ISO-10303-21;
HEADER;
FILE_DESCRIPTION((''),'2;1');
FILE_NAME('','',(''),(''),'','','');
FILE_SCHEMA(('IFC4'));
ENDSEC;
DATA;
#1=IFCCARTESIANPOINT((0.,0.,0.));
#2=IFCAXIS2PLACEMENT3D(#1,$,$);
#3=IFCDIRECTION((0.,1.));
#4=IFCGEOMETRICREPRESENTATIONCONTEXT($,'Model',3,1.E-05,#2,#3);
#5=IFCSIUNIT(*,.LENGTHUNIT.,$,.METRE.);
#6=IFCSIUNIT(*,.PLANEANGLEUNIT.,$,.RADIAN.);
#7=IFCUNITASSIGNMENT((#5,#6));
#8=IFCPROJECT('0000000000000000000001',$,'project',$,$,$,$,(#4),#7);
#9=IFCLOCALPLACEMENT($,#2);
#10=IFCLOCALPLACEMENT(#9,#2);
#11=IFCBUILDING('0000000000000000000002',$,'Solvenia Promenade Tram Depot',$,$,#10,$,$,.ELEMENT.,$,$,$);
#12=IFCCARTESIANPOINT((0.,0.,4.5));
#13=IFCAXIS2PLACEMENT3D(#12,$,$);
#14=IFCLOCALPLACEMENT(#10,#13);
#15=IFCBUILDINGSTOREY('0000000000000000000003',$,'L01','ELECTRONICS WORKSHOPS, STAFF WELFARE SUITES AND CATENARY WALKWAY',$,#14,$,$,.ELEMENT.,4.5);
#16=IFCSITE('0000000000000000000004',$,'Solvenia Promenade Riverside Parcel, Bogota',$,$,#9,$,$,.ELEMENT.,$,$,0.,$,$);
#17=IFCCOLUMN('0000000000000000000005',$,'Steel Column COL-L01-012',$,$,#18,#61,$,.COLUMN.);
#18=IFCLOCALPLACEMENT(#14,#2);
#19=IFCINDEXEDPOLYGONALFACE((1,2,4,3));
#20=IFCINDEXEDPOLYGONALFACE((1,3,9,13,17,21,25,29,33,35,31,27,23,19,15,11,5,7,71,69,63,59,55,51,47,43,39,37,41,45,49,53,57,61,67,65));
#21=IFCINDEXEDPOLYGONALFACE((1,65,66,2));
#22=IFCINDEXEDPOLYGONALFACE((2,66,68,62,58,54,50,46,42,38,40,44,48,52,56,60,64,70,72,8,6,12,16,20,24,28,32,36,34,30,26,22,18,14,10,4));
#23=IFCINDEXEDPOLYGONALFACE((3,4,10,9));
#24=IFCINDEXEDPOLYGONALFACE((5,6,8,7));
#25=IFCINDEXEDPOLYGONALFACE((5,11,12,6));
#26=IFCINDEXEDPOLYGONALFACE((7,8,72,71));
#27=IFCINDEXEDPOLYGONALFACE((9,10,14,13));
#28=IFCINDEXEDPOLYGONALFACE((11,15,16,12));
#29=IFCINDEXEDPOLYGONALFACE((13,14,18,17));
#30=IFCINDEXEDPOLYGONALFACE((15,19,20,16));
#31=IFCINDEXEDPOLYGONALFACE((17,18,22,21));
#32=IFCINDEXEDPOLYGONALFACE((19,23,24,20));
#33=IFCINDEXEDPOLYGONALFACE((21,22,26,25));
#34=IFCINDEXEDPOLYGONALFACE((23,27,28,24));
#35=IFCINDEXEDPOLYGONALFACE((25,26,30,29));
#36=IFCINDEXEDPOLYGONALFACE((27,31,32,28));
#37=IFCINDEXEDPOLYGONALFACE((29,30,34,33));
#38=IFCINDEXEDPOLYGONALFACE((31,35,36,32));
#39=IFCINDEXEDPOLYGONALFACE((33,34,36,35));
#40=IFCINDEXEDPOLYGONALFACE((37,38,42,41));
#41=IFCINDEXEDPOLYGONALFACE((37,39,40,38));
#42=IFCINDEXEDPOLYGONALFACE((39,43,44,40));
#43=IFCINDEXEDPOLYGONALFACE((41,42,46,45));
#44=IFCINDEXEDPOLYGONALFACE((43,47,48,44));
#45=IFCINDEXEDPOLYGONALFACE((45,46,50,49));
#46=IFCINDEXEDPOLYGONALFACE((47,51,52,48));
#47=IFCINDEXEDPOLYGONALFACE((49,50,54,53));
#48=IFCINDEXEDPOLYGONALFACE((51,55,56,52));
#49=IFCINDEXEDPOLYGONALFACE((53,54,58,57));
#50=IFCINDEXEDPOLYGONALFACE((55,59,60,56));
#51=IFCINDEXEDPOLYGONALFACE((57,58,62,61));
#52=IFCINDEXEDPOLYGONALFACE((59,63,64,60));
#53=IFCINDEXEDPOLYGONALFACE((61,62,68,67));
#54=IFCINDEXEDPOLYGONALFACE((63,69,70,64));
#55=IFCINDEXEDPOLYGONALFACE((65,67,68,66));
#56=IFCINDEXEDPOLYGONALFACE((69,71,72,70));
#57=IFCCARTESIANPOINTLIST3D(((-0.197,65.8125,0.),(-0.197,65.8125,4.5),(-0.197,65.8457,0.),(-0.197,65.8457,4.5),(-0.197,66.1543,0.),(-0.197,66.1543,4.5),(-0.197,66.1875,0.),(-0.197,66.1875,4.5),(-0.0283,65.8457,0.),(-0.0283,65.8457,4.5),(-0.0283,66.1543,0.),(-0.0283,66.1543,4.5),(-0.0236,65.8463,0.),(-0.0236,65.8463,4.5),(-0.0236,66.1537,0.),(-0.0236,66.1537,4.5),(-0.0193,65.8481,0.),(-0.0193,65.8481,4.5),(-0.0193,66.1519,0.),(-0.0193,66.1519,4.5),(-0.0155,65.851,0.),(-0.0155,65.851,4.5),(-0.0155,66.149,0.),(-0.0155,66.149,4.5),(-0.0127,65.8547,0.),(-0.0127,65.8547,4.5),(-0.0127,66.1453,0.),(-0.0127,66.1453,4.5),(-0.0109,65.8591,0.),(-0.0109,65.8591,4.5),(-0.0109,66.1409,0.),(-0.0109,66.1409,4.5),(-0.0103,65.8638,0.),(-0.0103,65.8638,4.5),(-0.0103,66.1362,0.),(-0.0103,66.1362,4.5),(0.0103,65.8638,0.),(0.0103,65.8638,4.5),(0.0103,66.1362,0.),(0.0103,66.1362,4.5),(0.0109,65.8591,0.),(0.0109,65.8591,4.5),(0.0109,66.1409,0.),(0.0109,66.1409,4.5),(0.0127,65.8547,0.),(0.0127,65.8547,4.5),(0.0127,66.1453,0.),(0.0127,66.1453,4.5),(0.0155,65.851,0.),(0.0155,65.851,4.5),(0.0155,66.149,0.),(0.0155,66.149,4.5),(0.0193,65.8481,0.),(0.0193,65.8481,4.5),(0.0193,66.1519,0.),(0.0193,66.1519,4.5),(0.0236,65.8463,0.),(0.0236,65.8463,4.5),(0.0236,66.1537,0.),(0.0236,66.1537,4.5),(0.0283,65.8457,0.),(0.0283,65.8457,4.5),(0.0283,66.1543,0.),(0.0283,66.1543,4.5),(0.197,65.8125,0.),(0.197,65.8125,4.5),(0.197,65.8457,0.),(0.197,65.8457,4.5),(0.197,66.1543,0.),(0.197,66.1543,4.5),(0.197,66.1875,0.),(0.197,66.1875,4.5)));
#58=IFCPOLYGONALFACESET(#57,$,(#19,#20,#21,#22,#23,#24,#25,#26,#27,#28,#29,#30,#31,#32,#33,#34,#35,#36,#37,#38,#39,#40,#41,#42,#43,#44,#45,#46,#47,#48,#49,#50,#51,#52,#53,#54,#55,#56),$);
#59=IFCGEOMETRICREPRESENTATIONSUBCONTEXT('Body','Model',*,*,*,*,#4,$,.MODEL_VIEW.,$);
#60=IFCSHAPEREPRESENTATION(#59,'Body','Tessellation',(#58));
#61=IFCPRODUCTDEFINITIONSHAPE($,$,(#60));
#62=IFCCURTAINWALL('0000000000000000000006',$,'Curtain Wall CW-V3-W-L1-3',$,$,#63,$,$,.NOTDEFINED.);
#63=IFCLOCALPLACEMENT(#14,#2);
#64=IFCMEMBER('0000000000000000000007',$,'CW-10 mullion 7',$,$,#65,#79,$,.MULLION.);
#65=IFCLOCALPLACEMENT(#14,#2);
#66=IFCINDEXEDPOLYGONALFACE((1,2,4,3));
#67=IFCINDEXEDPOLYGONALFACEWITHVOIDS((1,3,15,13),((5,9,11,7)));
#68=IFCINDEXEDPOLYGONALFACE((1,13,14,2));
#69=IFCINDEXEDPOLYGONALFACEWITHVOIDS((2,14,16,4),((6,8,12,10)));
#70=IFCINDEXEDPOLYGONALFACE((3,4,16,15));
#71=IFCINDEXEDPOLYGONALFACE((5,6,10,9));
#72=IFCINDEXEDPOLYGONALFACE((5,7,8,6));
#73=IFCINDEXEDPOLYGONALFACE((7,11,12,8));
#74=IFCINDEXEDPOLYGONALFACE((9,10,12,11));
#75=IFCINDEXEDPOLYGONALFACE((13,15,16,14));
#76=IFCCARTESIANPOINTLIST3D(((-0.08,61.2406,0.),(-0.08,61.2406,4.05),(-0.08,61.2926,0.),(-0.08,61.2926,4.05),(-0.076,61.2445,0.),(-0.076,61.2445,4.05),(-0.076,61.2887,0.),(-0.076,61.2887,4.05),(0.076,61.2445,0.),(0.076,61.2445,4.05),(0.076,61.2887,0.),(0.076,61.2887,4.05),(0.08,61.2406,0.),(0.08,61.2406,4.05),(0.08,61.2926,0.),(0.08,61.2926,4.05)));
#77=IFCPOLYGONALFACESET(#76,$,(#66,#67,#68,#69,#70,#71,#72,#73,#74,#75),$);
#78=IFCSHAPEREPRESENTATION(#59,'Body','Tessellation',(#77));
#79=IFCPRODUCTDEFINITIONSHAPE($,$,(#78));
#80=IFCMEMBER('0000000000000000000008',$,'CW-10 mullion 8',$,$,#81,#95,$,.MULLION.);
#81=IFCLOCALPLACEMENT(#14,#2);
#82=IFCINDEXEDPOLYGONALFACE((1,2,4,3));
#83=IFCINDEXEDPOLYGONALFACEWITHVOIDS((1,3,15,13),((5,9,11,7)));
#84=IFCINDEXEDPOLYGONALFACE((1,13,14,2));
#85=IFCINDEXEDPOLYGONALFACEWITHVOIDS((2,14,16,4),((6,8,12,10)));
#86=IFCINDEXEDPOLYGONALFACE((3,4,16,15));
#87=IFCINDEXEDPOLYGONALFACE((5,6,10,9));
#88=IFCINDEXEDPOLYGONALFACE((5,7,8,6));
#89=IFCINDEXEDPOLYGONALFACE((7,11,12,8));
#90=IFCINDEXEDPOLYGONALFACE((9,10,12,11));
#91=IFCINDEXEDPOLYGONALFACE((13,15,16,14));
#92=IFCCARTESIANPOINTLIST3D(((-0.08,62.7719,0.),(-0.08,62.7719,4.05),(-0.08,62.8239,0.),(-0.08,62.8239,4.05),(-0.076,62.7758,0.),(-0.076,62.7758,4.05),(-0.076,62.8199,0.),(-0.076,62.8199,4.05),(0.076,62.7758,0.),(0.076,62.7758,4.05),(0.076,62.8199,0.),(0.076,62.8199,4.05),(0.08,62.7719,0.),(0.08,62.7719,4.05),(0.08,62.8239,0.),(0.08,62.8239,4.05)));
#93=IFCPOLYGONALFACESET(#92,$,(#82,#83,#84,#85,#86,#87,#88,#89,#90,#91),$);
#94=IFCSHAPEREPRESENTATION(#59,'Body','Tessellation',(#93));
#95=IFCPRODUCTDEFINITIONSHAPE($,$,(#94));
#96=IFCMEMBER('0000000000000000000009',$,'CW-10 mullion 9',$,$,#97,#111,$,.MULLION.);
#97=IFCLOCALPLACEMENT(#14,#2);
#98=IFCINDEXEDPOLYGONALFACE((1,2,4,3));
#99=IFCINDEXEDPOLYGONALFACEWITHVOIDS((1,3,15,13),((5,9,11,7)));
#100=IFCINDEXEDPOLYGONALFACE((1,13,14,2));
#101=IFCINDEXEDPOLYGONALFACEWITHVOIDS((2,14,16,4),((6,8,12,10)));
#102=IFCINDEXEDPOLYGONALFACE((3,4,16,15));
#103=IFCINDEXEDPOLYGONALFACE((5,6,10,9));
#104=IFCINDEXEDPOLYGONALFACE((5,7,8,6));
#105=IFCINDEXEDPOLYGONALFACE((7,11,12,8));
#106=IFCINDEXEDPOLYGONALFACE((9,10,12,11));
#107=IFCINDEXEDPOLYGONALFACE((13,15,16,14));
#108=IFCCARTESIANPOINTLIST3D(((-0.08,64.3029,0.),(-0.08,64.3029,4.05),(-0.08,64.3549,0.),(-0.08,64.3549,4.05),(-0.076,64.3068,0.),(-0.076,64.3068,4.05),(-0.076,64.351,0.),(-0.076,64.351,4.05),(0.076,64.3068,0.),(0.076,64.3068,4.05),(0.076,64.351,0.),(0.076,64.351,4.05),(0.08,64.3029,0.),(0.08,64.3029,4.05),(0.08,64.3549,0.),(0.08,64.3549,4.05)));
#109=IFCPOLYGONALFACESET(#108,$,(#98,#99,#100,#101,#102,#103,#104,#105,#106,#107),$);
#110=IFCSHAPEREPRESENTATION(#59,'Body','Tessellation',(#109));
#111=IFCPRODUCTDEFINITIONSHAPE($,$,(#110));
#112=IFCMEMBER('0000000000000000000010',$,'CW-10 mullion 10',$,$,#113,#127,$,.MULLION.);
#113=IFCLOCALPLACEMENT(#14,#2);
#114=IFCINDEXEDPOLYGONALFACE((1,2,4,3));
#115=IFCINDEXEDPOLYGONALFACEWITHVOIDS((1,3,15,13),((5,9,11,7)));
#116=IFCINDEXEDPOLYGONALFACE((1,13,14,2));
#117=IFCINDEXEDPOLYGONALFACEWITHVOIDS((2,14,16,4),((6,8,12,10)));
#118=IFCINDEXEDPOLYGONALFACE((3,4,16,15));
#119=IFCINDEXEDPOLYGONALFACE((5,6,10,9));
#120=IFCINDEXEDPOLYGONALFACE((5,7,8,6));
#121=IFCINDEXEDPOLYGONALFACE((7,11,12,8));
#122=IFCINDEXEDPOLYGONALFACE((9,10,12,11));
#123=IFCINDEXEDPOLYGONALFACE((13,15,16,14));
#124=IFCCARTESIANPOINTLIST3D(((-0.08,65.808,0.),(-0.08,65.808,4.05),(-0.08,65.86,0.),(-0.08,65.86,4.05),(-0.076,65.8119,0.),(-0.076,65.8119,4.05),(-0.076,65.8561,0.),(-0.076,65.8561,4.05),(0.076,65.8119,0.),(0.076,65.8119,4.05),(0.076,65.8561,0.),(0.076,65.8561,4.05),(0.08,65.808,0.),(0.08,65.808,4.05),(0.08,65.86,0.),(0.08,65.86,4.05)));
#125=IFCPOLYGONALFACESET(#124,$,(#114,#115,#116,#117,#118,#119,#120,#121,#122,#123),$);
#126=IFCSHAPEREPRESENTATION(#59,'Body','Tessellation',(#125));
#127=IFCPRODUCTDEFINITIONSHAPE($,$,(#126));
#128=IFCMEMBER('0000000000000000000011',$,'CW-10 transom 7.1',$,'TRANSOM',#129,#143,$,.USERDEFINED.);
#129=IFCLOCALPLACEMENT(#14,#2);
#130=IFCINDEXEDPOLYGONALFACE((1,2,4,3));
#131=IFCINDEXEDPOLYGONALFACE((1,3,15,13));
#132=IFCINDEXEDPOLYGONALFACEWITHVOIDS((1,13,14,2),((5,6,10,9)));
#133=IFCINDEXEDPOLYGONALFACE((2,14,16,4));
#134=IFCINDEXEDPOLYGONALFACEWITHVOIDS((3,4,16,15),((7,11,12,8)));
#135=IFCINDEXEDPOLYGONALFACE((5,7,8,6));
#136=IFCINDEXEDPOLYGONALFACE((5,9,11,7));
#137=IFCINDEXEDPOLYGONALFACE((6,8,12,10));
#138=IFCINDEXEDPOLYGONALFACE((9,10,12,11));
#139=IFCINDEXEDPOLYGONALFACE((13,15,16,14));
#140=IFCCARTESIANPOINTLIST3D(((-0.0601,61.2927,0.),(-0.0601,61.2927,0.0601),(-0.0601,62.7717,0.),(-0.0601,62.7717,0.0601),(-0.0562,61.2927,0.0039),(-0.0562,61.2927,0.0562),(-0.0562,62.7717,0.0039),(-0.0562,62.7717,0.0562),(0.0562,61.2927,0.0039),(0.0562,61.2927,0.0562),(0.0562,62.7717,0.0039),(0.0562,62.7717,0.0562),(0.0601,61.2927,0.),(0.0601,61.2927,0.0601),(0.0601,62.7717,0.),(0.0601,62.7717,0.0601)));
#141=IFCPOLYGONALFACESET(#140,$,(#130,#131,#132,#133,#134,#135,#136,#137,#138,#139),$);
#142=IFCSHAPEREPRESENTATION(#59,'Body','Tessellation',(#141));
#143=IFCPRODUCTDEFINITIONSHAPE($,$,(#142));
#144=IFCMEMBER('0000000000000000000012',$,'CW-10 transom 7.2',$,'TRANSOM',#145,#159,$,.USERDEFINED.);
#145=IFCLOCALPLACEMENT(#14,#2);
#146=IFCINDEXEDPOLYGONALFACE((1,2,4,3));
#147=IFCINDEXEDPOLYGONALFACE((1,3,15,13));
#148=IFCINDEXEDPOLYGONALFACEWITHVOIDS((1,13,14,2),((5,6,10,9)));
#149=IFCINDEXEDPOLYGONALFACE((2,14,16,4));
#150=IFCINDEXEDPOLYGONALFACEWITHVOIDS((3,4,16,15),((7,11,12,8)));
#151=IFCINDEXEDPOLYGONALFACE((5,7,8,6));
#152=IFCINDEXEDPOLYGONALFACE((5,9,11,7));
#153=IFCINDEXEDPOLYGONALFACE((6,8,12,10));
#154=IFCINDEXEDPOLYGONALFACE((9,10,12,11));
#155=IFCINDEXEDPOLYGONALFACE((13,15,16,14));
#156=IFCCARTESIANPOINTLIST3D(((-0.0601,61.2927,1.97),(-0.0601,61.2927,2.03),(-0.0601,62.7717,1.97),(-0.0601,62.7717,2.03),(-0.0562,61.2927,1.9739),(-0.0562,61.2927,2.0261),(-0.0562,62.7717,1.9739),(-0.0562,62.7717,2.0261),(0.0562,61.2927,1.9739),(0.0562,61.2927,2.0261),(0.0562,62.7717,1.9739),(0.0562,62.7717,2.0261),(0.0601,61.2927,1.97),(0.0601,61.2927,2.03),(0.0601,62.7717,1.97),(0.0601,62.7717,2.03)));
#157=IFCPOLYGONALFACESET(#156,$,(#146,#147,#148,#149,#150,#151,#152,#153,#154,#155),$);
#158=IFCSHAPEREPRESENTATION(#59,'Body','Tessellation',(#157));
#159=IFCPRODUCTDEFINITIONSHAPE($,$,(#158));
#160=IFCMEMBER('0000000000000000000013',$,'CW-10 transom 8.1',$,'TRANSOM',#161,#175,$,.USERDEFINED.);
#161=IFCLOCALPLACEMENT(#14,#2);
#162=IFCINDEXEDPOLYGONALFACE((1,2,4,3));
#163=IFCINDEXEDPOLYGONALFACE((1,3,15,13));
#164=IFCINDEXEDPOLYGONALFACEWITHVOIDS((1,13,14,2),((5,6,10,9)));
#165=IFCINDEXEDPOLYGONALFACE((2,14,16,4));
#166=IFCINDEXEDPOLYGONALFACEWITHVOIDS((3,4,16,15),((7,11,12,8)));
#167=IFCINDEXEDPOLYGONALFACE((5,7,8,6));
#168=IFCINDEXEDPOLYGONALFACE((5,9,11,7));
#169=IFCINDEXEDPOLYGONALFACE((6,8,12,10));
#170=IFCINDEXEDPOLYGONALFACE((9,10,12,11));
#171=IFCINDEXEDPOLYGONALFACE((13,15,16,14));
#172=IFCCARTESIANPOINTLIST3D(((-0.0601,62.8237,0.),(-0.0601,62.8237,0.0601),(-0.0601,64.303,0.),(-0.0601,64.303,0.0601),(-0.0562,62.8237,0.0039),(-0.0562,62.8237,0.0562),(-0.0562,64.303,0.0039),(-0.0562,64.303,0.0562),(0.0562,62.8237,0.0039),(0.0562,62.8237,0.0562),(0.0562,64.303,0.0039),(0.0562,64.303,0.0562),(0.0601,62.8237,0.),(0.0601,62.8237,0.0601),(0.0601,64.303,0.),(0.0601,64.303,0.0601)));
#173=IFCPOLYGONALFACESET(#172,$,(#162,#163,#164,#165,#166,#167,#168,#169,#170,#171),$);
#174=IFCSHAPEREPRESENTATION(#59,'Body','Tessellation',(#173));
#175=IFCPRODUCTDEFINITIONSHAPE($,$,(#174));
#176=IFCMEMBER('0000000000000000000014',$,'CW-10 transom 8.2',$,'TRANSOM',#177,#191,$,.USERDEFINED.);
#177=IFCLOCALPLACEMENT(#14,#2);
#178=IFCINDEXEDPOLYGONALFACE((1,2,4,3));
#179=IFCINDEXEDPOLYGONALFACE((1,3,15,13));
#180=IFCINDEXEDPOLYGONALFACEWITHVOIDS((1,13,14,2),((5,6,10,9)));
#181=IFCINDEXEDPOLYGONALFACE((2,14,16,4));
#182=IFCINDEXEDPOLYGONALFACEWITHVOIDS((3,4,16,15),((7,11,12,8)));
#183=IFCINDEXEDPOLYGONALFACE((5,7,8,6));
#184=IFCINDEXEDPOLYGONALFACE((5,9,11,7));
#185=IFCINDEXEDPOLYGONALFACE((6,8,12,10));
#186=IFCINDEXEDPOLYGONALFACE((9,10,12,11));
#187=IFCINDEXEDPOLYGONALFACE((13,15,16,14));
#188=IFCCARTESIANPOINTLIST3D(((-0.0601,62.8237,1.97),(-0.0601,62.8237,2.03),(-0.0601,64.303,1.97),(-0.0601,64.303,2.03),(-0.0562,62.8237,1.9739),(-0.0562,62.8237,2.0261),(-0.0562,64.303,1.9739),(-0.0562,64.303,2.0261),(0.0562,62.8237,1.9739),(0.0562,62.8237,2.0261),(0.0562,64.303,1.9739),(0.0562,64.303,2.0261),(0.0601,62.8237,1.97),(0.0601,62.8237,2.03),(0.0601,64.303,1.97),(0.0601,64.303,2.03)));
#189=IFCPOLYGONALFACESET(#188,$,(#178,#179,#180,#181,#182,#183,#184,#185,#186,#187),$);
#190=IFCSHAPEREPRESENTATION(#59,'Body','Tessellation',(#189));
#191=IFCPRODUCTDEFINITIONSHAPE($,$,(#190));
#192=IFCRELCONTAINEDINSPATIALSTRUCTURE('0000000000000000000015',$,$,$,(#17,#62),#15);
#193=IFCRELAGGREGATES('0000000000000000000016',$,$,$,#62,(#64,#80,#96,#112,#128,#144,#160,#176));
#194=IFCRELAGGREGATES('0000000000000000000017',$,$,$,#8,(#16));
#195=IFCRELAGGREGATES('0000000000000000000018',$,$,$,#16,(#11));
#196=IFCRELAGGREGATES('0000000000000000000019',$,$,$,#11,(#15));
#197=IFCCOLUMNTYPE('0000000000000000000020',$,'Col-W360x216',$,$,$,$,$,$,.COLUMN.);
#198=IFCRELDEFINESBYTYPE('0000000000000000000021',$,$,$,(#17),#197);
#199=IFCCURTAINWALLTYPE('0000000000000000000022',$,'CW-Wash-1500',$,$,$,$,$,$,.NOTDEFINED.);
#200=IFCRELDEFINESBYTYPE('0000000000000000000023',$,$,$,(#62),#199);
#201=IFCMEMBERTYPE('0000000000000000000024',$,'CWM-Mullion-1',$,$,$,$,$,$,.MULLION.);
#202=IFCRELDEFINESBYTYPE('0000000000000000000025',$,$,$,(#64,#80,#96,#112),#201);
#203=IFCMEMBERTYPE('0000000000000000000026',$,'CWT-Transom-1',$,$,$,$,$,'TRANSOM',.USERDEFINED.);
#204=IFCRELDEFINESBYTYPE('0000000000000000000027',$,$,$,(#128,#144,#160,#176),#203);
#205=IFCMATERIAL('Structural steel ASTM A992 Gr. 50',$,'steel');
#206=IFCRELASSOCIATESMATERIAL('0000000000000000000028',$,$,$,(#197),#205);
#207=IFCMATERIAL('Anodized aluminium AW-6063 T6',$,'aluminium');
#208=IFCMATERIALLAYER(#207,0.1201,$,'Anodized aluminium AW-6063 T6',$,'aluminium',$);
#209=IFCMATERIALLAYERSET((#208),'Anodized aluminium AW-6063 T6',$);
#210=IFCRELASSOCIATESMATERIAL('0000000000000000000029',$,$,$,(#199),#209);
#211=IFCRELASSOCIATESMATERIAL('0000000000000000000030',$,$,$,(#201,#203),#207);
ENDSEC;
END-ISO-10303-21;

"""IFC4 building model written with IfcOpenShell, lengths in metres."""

from ifc_helpers import new_model, si_unit, direction, frame, origin, origin_2d, place, context, subcontext, project, spatial, hollow_rectangle, i_section, extrude, material, layer, layer_set, material_profile, profile_set, type_object, element, aggregate, save


model = new_model("IFC4")

# Units and contexts
model_context = context("Model", 3, precision=1e-05, world=origin(), true_north=direction((0.0, 1.0)))
body_context = subcontext(model_context, "Body", "Model", "MODEL_VIEW")
ifc_project = project(units=[si_unit("LENGTHUNIT", "METRE"), si_unit("PLANEANGLEUNIT", "RADIAN")], contexts=[model_context])

# Site, building, storey
site_placement = place(None, origin())
site = spatial("IfcSite", under=ifc_project, at=site_placement, Name="Solvenia Promenade Riverside Parcel, Bogota", CompositionType="ELEMENT", RefElevation=0.0)
building_placement = place(site_placement, origin())
building = spatial("IfcBuilding", under=site, at=building_placement, Name="Solvenia Promenade Tram Depot", CompositionType="ELEMENT")
storey_placement = place(building_placement, frame((0.0, 0.0, 4.5)))
storey = spatial("IfcBuildingStorey", under=building, at=storey_placement, Name="L01", Description="ELECTRONICS WORKSHOPS, STAFF WELFARE SUITES AND CATENARY WALKWAY", CompositionType="ELEMENT", Elevation=4.5)

# Column
ifc_material_1 = material(Name="Structural steel ASTM A992 Gr. 50", Category="steel")
ifc_material_profile_1 = material_profile(ifc_material_1, i_section(OverallWidth=0.394, OverallDepth=0.375, WebThickness=0.0205, FlangeThickness=0.0332, FilletRadius=0.0181, at=origin_2d()), Name="W360x216", Category="steel")
ifc_profile_set_1 = profile_set([ifc_material_profile_1], Name="Structural steel ASTM A992 Gr. 50")
column_type = type_object("IfcColumnType", Name="Col-W360x216", PredefinedType="COLUMN", material=ifc_profile_set_1)
column_placement = place(storey_placement, frame((0.0, 66.0, 0.0), z_axis=(0.0, 0.0, 1.0), x_axis=(1.0, 0.0, 0.0)))
element("IfcColumn", 1, at=column_placement, inside=storey, type_object=column_type, Name="Steel Column COL-L01-012", PredefinedType="COLUMN", context=body_context, shape_type="SweptSolid", body=[
    extrude(i_section(OverallWidth=0.394, OverallDepth=0.375, WebThickness=0.0205, FlangeThickness=0.0332, FilletRadius=0.0181, at=origin_2d()), origin(), (0.0, 0.0, 1.0), 4.5),
])

# Curtain wall, members
ifc_material_2 = material(Name="Anodized aluminium AW-6063 T6", Category="aluminium")
ifc_layer_1 = layer(ifc_material_2, 0.1201, Name="Anodized aluminium AW-6063 T6", Category="aluminium")
ifc_layer_set_1 = layer_set([ifc_layer_1], Name="Anodized aluminium AW-6063 T6")
curtain_wall_type = type_object("IfcCurtainWallType", Name="CW-Wash-1500", PredefinedType="NOTDEFINED", material=ifc_layer_set_1)
curtain_wall_placement = place(storey_placement, origin())
curtain_wall = element("IfcCurtainWall", 2, at=curtain_wall_placement, inside=storey, type_object=curtain_wall_type, Name="Curtain Wall CW-V3-W-L1-3", PredefinedType="NOTDEFINED")
ifc_material_profile_2 = material_profile(ifc_material_2, hollow_rectangle(XDim=0.1599, YDim=0.052, WallThickness=0.0039, at=origin_2d()), Name="ALU-M1", Category="aluminium")
ifc_profile_set_2 = profile_set([ifc_material_profile_2], Name="Anodized aluminium AW-6063 T6")
member_type_1 = type_object("IfcMemberType", Name="CWM-Mullion-1", PredefinedType="MULLION", material=ifc_profile_set_2)
member_1_placement = place(storey_placement, frame((0.0, 61.2666, 0.0), z_axis=(0.0, 0.0, 1.0), x_axis=(-1.0, 0.0, 0.0)))
member_1 = element("IfcMember", 3, at=member_1_placement, type_object=member_type_1, Name="CW-10 mullion 7", PredefinedType="MULLION", context=body_context, shape_type="SweptSolid", body=[
    extrude(hollow_rectangle(XDim=0.1599, YDim=0.052, WallThickness=0.0039, at=origin_2d()), origin(), (0.0, 0.0, 1.0), 4.05),
])
member_2_placement = place(storey_placement, frame((0.0, 62.7979, 0.0), z_axis=(0.0, 0.0, 1.0), x_axis=(-1.0, 0.0, 0.0)))
member_2 = element("IfcMember", 4, at=member_2_placement, type_object=member_type_1, Name="CW-10 mullion 8", PredefinedType="MULLION", context=body_context, shape_type="SweptSolid", body=[
    extrude(hollow_rectangle(XDim=0.1599, YDim=0.052, WallThickness=0.0039, at=origin_2d()), origin(), (0.0, 0.0, 1.0), 4.05),
])
member_3_placement = place(storey_placement, frame((0.0, 64.3289, 0.0), z_axis=(0.0, 0.0, 1.0), x_axis=(-1.0, 0.0, 0.0)))
member_3 = element("IfcMember", 5, at=member_3_placement, type_object=member_type_1, Name="CW-10 mullion 9", PredefinedType="MULLION", context=body_context, shape_type="SweptSolid", body=[
    extrude(hollow_rectangle(XDim=0.1599, YDim=0.052, WallThickness=0.0039, at=origin_2d()), origin(), (0.0, 0.0, 1.0), 4.05),
])
member_4_placement = place(storey_placement, frame((0.0, 65.834, 0.0), z_axis=(0.0, 0.0, 1.0), x_axis=(-1.0, 0.0, 0.0)))
member_4 = element("IfcMember", 6, at=member_4_placement, type_object=member_type_1, Name="CW-10 mullion 10", PredefinedType="MULLION", context=body_context, shape_type="SweptSolid", body=[
    extrude(hollow_rectangle(XDim=0.1599, YDim=0.052, WallThickness=0.0039, at=origin_2d()), origin(), (0.0, 0.0, 1.0), 4.05),
])
ifc_material_profile_3 = material_profile(ifc_material_2, hollow_rectangle(XDim=0.1201, YDim=0.0601, WallThickness=0.0039, at=origin_2d()), Name="ALU-T1", Category="aluminium")
ifc_profile_set_3 = profile_set([ifc_material_profile_3], Name="Anodized aluminium AW-6063 T6")
member_type_2 = type_object("IfcMemberType", Name="CWT-Transom-1", ElementType="TRANSOM", PredefinedType="USERDEFINED", material=ifc_profile_set_3)
member_5_placement = place(storey_placement, frame((0.0, 61.2927, 0.03), z_axis=(0.0, 1.0, 0.0), x_axis=(-1.0, 0.0, 0.0)))
member_5 = element("IfcMember", 7, at=member_5_placement, type_object=member_type_2, Name="CW-10 transom 7.1", ObjectType="TRANSOM", PredefinedType="USERDEFINED", context=body_context, shape_type="SweptSolid", body=[
    extrude(hollow_rectangle(XDim=0.1201, YDim=0.0601, WallThickness=0.0039, at=origin_2d()), origin(), (0.0, 0.0, 1.0), 1.479),
])
member_6_placement = place(storey_placement, frame((0.0, 61.2927, 2.0), z_axis=(0.0, 1.0, 0.0), x_axis=(-1.0, 0.0, 0.0)))
member_6 = element("IfcMember", 8, at=member_6_placement, type_object=member_type_2, Name="CW-10 transom 7.2", ObjectType="TRANSOM", PredefinedType="USERDEFINED", context=body_context, shape_type="SweptSolid", body=[
    extrude(hollow_rectangle(XDim=0.1201, YDim=0.0601, WallThickness=0.0039, at=origin_2d()), origin(), (0.0, 0.0, 1.0), 1.479),
])
member_7_placement = place(storey_placement, frame((0.0, 62.8237, 0.03), z_axis=(0.0, 1.0, 0.0), x_axis=(-1.0, 0.0, 0.0)))
member_7 = element("IfcMember", 9, at=member_7_placement, type_object=member_type_2, Name="CW-10 transom 8.1", ObjectType="TRANSOM", PredefinedType="USERDEFINED", context=body_context, shape_type="SweptSolid", body=[
    extrude(hollow_rectangle(XDim=0.1201, YDim=0.0601, WallThickness=0.0039, at=origin_2d()), origin(), (0.0, 0.0, 1.0), 1.4792),
])
member_8_placement = place(storey_placement, frame((0.0, 62.8237, 2.0), z_axis=(0.0, 1.0, 0.0), x_axis=(-1.0, 0.0, 0.0)))
member_8 = element("IfcMember", 10, at=member_8_placement, type_object=member_type_2, Name="CW-10 transom 8.2", ObjectType="TRANSOM", PredefinedType="USERDEFINED", context=body_context, shape_type="SweptSolid", body=[
    extrude(hollow_rectangle(XDim=0.1201, YDim=0.0601, WallThickness=0.0039, at=origin_2d()), origin(), (0.0, 0.0, 1.0), 1.4792),
])

aggregate(curtain_wall, [member_1, member_2, member_3, member_4, member_5, member_6, member_7, member_8])

save(model, "model.ifc")
